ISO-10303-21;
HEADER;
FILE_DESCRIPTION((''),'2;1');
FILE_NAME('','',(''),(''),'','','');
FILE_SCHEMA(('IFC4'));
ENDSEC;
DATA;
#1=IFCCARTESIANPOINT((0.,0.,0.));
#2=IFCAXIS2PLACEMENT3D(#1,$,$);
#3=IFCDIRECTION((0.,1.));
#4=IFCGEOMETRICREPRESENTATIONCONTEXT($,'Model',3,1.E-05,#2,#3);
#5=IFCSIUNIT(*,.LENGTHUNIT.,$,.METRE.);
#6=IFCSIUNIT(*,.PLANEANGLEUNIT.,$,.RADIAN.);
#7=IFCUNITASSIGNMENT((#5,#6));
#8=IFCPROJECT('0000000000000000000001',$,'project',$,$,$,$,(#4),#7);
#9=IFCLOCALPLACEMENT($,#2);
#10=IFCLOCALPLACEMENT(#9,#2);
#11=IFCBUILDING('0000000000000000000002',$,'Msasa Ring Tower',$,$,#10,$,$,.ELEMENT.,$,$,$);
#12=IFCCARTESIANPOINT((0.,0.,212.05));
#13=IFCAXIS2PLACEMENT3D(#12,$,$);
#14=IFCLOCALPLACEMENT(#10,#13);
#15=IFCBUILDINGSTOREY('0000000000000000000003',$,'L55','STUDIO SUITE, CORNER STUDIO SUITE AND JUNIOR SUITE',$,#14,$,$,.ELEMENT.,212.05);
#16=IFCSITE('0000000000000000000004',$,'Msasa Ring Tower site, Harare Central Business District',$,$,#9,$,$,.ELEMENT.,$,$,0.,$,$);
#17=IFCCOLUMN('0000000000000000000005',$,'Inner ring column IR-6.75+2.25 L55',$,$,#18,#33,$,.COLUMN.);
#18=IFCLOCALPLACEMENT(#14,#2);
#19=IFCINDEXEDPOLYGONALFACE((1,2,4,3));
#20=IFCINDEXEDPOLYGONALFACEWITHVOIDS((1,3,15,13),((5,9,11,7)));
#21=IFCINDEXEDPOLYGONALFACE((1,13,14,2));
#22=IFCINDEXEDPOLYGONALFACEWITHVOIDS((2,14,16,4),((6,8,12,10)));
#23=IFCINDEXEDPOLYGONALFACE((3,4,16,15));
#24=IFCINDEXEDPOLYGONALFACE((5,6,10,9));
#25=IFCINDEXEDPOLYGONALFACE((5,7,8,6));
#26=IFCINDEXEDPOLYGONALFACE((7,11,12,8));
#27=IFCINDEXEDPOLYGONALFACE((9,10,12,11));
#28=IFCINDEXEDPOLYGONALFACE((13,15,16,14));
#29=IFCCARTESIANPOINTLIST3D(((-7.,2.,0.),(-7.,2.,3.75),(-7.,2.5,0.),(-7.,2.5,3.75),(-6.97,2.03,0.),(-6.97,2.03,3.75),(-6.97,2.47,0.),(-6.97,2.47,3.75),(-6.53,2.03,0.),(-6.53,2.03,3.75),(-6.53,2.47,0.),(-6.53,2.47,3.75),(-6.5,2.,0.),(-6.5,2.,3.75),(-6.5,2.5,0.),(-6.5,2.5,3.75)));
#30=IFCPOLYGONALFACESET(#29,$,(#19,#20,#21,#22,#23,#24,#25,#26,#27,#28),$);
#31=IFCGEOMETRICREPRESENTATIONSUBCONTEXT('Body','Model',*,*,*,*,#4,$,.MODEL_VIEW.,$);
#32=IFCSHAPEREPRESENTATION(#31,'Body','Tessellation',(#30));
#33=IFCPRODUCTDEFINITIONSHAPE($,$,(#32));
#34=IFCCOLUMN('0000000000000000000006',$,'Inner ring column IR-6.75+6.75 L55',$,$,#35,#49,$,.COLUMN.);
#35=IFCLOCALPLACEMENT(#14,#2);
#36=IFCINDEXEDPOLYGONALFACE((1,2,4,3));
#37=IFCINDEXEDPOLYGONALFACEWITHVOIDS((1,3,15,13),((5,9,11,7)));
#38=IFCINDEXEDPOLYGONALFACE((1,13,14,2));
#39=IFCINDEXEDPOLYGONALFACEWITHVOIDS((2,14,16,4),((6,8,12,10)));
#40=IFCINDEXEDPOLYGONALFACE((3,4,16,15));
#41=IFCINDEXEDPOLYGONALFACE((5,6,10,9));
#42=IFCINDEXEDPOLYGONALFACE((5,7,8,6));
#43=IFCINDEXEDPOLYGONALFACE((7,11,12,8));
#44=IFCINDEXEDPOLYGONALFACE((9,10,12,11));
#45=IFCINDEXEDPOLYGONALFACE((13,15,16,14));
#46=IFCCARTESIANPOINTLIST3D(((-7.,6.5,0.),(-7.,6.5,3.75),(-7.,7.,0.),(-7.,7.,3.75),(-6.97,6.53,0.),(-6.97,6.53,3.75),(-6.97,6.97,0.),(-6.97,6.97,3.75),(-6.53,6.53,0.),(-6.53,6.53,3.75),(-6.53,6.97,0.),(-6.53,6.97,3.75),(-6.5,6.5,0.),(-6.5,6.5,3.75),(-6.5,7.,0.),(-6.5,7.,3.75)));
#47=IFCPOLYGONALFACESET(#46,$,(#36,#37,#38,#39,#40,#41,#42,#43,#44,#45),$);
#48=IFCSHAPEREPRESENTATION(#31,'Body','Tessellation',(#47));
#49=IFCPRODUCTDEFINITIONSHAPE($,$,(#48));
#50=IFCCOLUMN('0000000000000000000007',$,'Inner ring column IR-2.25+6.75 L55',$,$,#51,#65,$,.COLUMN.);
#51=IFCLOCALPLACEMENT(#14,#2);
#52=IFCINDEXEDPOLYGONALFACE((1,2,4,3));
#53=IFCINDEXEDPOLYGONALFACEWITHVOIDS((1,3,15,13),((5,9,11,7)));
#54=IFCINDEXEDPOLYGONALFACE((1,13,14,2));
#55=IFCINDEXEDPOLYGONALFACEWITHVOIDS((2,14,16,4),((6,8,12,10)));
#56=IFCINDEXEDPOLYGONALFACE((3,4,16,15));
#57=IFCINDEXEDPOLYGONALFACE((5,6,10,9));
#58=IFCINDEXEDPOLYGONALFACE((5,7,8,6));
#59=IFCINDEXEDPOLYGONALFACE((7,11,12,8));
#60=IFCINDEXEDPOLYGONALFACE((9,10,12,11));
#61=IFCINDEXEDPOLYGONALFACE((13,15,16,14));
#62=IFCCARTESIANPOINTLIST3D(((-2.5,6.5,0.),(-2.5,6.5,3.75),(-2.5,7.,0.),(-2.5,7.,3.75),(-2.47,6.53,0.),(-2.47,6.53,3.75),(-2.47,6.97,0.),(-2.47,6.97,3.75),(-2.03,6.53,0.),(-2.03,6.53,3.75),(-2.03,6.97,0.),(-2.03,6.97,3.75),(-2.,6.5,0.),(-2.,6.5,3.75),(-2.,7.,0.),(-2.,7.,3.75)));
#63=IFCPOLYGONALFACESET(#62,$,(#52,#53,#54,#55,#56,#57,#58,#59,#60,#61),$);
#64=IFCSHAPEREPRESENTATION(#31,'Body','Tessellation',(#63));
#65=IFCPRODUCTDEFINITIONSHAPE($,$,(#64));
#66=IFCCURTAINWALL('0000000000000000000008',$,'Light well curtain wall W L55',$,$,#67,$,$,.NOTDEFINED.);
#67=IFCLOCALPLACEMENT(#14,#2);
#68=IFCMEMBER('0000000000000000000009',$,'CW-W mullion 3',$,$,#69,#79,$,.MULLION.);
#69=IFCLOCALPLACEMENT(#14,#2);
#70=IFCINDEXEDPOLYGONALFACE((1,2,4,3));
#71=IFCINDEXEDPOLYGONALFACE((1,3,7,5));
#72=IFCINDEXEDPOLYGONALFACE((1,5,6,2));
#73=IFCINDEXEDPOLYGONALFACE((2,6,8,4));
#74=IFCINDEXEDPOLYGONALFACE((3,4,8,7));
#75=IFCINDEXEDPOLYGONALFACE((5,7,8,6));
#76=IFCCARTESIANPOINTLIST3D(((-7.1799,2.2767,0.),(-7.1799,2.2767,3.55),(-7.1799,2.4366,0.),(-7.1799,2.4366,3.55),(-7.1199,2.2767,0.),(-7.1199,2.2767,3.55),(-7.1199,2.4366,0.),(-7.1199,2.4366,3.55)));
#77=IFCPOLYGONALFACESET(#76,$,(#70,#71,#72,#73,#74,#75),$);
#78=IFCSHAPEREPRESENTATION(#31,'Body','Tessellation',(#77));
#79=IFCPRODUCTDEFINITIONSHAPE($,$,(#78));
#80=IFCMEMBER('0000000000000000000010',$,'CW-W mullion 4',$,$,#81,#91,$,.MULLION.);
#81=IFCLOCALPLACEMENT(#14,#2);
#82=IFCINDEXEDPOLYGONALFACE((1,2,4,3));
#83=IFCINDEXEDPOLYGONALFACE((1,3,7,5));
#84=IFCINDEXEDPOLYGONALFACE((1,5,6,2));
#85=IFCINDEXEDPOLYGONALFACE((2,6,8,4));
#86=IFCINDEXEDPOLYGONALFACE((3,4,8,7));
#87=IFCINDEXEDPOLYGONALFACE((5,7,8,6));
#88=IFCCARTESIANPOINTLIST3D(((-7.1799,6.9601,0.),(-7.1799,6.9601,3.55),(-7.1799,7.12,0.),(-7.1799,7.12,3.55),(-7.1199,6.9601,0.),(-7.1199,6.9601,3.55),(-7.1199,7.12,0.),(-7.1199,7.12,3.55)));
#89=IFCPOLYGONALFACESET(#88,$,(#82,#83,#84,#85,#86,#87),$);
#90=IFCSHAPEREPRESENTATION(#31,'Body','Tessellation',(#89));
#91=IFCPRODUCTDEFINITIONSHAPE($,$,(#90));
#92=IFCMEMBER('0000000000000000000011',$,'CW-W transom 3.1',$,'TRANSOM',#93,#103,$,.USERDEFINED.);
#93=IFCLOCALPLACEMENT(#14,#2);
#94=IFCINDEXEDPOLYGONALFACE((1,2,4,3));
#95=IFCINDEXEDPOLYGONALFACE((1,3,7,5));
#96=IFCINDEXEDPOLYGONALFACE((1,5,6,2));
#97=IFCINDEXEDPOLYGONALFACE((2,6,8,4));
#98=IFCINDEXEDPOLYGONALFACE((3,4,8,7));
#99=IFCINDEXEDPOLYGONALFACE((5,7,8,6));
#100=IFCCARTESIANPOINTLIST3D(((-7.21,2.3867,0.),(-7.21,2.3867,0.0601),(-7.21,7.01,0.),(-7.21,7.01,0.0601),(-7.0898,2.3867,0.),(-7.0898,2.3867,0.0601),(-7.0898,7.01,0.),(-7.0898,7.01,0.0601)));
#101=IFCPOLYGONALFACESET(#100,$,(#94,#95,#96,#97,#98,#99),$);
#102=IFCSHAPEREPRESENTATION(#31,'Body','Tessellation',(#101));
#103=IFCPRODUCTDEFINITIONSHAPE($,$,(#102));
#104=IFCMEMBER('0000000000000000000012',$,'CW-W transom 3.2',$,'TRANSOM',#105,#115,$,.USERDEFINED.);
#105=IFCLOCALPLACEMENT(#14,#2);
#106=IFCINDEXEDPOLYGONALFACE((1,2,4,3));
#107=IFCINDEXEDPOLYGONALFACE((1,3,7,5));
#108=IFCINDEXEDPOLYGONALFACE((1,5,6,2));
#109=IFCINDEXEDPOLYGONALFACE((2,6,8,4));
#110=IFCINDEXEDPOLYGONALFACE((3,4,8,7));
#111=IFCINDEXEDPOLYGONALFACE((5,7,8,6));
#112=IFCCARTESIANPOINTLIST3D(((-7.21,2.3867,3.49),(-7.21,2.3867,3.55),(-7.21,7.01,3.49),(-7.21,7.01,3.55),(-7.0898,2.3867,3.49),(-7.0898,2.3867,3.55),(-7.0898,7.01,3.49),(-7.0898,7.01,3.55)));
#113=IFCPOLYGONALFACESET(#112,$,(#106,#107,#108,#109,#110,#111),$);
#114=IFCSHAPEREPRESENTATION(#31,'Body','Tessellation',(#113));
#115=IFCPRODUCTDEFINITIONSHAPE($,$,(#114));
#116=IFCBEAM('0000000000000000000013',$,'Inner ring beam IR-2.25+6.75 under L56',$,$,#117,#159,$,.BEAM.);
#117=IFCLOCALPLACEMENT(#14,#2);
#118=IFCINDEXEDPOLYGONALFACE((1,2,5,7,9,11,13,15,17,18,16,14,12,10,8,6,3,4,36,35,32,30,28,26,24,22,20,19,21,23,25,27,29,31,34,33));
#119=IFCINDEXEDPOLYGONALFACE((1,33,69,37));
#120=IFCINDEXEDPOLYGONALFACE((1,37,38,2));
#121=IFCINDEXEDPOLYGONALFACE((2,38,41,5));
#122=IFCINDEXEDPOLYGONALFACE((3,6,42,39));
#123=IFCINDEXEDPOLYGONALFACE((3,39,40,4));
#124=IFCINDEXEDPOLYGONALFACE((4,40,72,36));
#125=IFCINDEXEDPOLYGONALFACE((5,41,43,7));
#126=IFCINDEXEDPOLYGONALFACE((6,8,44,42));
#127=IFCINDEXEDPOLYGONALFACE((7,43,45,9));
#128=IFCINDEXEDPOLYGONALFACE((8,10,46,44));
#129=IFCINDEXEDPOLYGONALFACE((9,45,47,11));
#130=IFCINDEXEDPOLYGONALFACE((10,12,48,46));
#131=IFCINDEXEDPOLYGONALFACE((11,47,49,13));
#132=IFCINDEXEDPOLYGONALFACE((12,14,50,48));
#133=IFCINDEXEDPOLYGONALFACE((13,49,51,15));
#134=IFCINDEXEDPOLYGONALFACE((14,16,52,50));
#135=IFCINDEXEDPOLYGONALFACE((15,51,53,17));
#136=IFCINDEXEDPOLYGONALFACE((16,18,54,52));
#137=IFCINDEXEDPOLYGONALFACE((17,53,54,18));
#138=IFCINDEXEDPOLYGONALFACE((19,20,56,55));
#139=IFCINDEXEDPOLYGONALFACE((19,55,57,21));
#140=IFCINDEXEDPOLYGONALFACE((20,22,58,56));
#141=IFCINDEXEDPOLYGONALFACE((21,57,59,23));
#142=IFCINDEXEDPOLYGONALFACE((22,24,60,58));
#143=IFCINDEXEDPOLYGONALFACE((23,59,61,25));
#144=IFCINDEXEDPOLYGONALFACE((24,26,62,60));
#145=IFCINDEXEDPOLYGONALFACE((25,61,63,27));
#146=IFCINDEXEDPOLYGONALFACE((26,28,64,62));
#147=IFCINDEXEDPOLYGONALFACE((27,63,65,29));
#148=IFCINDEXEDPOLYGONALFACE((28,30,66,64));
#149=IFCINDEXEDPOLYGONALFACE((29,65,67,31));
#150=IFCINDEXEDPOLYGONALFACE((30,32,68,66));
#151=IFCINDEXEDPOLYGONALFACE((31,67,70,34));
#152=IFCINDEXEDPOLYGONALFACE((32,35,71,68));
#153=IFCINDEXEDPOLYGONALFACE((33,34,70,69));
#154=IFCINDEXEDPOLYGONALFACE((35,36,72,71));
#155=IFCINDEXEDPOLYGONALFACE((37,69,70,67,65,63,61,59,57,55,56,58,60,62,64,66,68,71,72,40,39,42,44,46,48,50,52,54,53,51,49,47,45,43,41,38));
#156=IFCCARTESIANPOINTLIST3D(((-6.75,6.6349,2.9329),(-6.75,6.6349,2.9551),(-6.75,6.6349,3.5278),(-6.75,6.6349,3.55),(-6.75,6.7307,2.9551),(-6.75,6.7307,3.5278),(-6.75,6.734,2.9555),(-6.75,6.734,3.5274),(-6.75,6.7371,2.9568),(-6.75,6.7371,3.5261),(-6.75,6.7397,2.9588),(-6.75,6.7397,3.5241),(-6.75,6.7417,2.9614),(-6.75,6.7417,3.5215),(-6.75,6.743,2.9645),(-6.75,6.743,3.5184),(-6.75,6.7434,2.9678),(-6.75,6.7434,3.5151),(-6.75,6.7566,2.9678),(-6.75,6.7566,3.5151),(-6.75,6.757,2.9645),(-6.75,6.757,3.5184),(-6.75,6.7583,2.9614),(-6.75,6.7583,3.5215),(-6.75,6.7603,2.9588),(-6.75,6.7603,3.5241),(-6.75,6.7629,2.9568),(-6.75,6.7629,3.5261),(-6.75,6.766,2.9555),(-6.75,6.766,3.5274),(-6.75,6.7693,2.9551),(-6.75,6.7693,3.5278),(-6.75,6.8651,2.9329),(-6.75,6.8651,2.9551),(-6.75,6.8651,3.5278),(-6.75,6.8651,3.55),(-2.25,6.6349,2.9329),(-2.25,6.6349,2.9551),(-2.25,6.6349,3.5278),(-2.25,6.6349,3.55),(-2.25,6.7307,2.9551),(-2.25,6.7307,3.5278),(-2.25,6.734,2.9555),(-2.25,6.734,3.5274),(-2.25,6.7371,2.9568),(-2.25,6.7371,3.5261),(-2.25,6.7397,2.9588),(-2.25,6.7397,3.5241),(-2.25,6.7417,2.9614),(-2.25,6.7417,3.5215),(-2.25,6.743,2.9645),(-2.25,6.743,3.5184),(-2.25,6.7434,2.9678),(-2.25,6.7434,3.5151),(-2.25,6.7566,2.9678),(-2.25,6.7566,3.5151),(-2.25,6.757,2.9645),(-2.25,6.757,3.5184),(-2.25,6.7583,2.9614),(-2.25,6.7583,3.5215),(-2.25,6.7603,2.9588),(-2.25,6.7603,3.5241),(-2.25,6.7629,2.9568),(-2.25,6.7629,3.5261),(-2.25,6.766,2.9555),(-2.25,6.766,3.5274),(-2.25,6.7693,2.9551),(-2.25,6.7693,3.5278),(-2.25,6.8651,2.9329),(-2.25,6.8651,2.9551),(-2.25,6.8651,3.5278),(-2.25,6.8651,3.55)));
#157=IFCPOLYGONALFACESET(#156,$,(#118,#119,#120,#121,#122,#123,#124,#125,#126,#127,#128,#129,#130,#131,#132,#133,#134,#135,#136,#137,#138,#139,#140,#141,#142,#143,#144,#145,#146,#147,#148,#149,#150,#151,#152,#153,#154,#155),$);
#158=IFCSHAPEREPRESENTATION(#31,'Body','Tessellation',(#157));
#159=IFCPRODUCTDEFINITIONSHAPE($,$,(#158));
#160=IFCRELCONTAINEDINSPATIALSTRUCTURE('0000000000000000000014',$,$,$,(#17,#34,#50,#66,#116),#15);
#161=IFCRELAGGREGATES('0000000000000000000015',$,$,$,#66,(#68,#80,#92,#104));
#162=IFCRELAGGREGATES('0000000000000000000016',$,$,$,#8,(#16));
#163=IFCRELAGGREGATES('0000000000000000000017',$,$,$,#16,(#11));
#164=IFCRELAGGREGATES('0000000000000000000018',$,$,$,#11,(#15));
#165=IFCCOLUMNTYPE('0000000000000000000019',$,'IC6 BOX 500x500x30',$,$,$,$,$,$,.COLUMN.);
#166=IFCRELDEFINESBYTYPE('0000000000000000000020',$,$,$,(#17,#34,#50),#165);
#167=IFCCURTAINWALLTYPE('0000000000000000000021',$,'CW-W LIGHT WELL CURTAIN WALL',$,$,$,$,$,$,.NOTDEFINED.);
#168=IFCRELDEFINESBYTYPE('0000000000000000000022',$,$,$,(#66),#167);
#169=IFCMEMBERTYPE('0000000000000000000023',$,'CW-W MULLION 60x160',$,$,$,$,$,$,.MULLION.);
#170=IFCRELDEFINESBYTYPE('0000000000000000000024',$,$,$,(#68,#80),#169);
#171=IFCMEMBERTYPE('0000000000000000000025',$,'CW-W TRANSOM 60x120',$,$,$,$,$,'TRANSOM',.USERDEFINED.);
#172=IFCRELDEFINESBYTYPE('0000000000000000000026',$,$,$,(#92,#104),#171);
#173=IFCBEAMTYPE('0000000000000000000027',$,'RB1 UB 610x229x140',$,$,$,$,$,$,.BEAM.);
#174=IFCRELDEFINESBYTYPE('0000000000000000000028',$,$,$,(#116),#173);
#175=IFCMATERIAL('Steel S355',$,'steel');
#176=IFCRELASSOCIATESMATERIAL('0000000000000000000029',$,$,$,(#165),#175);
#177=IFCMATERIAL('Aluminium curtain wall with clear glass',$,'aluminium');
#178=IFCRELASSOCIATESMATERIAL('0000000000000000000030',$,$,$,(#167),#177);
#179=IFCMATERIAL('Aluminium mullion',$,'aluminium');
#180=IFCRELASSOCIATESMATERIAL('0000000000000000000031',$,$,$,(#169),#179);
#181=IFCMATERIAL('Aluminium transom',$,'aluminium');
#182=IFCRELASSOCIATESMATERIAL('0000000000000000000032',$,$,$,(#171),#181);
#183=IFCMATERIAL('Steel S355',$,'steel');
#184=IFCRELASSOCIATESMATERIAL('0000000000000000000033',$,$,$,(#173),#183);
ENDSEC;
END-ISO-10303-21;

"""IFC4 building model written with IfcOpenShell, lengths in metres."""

from ifc_helpers import new_model, si_unit, direction, frame, origin, origin_2d, place, context, subcontext, project, spatial, rectangle, hollow_rectangle, i_section, extrude, material, material_profile, profile_set, type_object, element, aggregate, save


model = new_model("IFC4")

# Units and contexts
model_context = context("Model", 3, precision=1e-05, world=origin(), true_north=direction((0.0, 1.0)))
body_context = subcontext(model_context, "Body", "Model", "MODEL_VIEW")
ifc_project = project(units=[si_unit("LENGTHUNIT", "METRE"), si_unit("PLANEANGLEUNIT", "RADIAN")], contexts=[model_context])

# Site, building, storey
site_placement = place(None, origin())
site = spatial("IfcSite", under=ifc_project, at=site_placement, Name="Msasa Ring Tower site, Harare Central Business District", CompositionType="ELEMENT", RefElevation=0.0)
building_placement = place(site_placement, origin())
building = spatial("IfcBuilding", under=site, at=building_placement, Name="Msasa Ring Tower", CompositionType="ELEMENT")
storey_placement = place(building_placement, frame((0.0, 0.0, 212.05)))
storey = spatial("IfcBuildingStorey", under=building, at=storey_placement, Name="L55", Description="STUDIO SUITE, CORNER STUDIO SUITE AND JUNIOR SUITE", CompositionType="ELEMENT", Elevation=212.05)

# Columns
ifc_material_1 = material(Name="Steel S355", Category="steel")
ifc_material_profile_1 = material_profile(ifc_material_1, hollow_rectangle(XDim=0.5, YDim=0.5, WallThickness=0.03, at=origin_2d()), Name="BOX 500x500x30")
ifc_profile_set_1 = profile_set([ifc_material_profile_1], Name="Steel S355")
column_type = type_object("IfcColumnType", Name="IC6 BOX 500x500x30", PredefinedType="COLUMN", material=ifc_profile_set_1)
for number, where, z_axis, x_axis, name in (
    (1, (-6.75, 2.25, 0.0), (0.0, 0.0, 1.0), (1.0, 0.0, 0.0), "Inner ring column IR-6.75+2.25 L55"),
    (2, (-6.75, 6.75, 0.0), (0.0, 0.0, 1.0), (1.0, 0.0, 0.0), "Inner ring column IR-6.75+6.75 L55"),
    (3, (-2.25, 6.75, 0.0), (0.0, 0.0, 1.0), (1.0, 0.0, 0.0), "Inner ring column IR-2.25+6.75 L55"),
):
    element("IfcColumn", number, at=place(storey_placement, frame(where, z_axis=z_axis, x_axis=x_axis)), inside=storey, type_object=column_type, Name=name, PredefinedType="COLUMN", context=body_context, shape_type="SweptSolid", body=[
        extrude(hollow_rectangle(XDim=0.5, YDim=0.5, WallThickness=0.03, at=origin_2d()), origin(), (0.0, 0.0, 1.0), 3.75),
    ])

# Curtain wall, members
ifc_material_2 = material(Name="Aluminium curtain wall with clear glass", Category="aluminium")
curtain_wall_type = type_object("IfcCurtainWallType", Name="CW-W LIGHT WELL CURTAIN WALL", PredefinedType="NOTDEFINED", material=ifc_material_2)
curtain_wall_placement = place(storey_placement, origin())
curtain_wall = element("IfcCurtainWall", 4, at=curtain_wall_placement, inside=storey, type_object=curtain_wall_type, Name="Light well curtain wall W L55", PredefinedType="NOTDEFINED")
ifc_material_3 = material(Name="Aluminium mullion", Category="aluminium")
ifc_material_profile_2 = material_profile(ifc_material_3, rectangle(XDim=0.0601, YDim=0.1599, at=origin_2d()), Name="AL 60x160")
ifc_profile_set_2 = profile_set([ifc_material_profile_2], Name="Aluminium mullion")
member_type_1 = type_object("IfcMemberType", Name="CW-W MULLION 60x160", PredefinedType="MULLION", material=ifc_profile_set_2)
member_1_placement = place(storey_placement, frame((-7.1499, 2.3567, 0.0), z_axis=(0.0, 0.0, 1.0), x_axis=(-1.0, 0.0, 0.0)))
member_1 = element("IfcMember", 5, at=member_1_placement, type_object=member_type_1, Name="CW-W mullion 3", PredefinedType="MULLION", context=body_context, shape_type="SweptSolid", body=[
    extrude(rectangle(XDim=0.0601, YDim=0.1599, at=origin_2d()), origin(), (0.0, 0.0, 1.0), 3.55),
])
member_2_placement = place(storey_placement, frame((-7.1499, 7.04, 0.0), z_axis=(0.0, 0.0, 1.0), x_axis=(-1.0, 0.0, 0.0)))
member_2 = element("IfcMember", 6, at=member_2_placement, type_object=member_type_1, Name="CW-W mullion 4", PredefinedType="MULLION", context=body_context, shape_type="SweptSolid", body=[
    extrude(rectangle(XDim=0.0601, YDim=0.1599, at=origin_2d()), origin(), (0.0, 0.0, 1.0), 3.55),
])
ifc_material_4 = material(Name="Aluminium transom", Category="aluminium")
ifc_material_profile_3 = material_profile(ifc_material_4, rectangle(XDim=0.1201, YDim=0.0601, at=origin_2d()), Name="AL 60x120")
ifc_profile_set_3 = profile_set([ifc_material_profile_3], Name="Aluminium transom")
member_type_2 = type_object("IfcMemberType", Name="CW-W TRANSOM 60x120", ElementType="TRANSOM", PredefinedType="USERDEFINED", material=ifc_profile_set_3)
member_3_placement = place(storey_placement, frame((-7.1499, 2.3867, 0.03), z_axis=(0.0, 1.0, 0.0), x_axis=(-1.0, 0.0, 0.0)))
member_3 = element("IfcMember", 7, at=member_3_placement, type_object=member_type_2, Name="CW-W transom 3.1", ObjectType="TRANSOM", PredefinedType="USERDEFINED", context=body_context, shape_type="SweptSolid", body=[
    extrude(rectangle(XDim=0.1201, YDim=0.0601, at=origin_2d()), origin(), (0.0, 0.0, 1.0), 4.6233),
])
member_4_placement = place(storey_placement, frame((-7.1499, 2.3867, 3.52), z_axis=(0.0, 1.0, 0.0), x_axis=(-1.0, 0.0, 0.0)))
member_4 = element("IfcMember", 8, at=member_4_placement, type_object=member_type_2, Name="CW-W transom 3.2", ObjectType="TRANSOM", PredefinedType="USERDEFINED", context=body_context, shape_type="SweptSolid", body=[
    extrude(rectangle(XDim=0.1201, YDim=0.0601, at=origin_2d()), origin(), (0.0, 0.0, 1.0), 4.6233),
])

# Beam
ifc_material_5 = material(Name="Steel S355", Category="steel")
ifc_material_profile_4 = material_profile(ifc_material_5, i_section(OverallWidth=0.2302, OverallDepth=0.6172, WebThickness=0.0132, FlangeThickness=0.0222, FilletRadius=0.0127, at=origin_2d()), Name="UB 610x229x140")
ifc_profile_set_4 = profile_set([ifc_material_profile_4], Name="Steel S355")
beam_type = type_object("IfcBeamType", Name="RB1 UB 610x229x140", PredefinedType="BEAM", material=ifc_profile_set_4)
for number, where, z_axis, x_axis, name in (
    (9, (-2.25, 6.75, 3.2415), (-1.0, 0.0, 0.0), (0.0, -1.0, 0.0), "Inner ring beam IR-2.25+6.75 under L56"),
):
    element("IfcBeam", number, at=place(storey_placement, frame(where, z_axis=z_axis, x_axis=x_axis)), inside=storey, type_object=beam_type, Name=name, PredefinedType="BEAM", context=body_context, shape_type="SweptSolid", body=[
        extrude(i_section(OverallWidth=0.2302, OverallDepth=0.6172, WebThickness=0.0132, FlangeThickness=0.0222, FilletRadius=0.0127, at=origin_2d()), origin(), (0.0, 0.0, 1.0), 4.5),
    ])

aggregate(curtain_wall, [member_1, member_2, member_3, member_4])

save(model, "model.ifc")
